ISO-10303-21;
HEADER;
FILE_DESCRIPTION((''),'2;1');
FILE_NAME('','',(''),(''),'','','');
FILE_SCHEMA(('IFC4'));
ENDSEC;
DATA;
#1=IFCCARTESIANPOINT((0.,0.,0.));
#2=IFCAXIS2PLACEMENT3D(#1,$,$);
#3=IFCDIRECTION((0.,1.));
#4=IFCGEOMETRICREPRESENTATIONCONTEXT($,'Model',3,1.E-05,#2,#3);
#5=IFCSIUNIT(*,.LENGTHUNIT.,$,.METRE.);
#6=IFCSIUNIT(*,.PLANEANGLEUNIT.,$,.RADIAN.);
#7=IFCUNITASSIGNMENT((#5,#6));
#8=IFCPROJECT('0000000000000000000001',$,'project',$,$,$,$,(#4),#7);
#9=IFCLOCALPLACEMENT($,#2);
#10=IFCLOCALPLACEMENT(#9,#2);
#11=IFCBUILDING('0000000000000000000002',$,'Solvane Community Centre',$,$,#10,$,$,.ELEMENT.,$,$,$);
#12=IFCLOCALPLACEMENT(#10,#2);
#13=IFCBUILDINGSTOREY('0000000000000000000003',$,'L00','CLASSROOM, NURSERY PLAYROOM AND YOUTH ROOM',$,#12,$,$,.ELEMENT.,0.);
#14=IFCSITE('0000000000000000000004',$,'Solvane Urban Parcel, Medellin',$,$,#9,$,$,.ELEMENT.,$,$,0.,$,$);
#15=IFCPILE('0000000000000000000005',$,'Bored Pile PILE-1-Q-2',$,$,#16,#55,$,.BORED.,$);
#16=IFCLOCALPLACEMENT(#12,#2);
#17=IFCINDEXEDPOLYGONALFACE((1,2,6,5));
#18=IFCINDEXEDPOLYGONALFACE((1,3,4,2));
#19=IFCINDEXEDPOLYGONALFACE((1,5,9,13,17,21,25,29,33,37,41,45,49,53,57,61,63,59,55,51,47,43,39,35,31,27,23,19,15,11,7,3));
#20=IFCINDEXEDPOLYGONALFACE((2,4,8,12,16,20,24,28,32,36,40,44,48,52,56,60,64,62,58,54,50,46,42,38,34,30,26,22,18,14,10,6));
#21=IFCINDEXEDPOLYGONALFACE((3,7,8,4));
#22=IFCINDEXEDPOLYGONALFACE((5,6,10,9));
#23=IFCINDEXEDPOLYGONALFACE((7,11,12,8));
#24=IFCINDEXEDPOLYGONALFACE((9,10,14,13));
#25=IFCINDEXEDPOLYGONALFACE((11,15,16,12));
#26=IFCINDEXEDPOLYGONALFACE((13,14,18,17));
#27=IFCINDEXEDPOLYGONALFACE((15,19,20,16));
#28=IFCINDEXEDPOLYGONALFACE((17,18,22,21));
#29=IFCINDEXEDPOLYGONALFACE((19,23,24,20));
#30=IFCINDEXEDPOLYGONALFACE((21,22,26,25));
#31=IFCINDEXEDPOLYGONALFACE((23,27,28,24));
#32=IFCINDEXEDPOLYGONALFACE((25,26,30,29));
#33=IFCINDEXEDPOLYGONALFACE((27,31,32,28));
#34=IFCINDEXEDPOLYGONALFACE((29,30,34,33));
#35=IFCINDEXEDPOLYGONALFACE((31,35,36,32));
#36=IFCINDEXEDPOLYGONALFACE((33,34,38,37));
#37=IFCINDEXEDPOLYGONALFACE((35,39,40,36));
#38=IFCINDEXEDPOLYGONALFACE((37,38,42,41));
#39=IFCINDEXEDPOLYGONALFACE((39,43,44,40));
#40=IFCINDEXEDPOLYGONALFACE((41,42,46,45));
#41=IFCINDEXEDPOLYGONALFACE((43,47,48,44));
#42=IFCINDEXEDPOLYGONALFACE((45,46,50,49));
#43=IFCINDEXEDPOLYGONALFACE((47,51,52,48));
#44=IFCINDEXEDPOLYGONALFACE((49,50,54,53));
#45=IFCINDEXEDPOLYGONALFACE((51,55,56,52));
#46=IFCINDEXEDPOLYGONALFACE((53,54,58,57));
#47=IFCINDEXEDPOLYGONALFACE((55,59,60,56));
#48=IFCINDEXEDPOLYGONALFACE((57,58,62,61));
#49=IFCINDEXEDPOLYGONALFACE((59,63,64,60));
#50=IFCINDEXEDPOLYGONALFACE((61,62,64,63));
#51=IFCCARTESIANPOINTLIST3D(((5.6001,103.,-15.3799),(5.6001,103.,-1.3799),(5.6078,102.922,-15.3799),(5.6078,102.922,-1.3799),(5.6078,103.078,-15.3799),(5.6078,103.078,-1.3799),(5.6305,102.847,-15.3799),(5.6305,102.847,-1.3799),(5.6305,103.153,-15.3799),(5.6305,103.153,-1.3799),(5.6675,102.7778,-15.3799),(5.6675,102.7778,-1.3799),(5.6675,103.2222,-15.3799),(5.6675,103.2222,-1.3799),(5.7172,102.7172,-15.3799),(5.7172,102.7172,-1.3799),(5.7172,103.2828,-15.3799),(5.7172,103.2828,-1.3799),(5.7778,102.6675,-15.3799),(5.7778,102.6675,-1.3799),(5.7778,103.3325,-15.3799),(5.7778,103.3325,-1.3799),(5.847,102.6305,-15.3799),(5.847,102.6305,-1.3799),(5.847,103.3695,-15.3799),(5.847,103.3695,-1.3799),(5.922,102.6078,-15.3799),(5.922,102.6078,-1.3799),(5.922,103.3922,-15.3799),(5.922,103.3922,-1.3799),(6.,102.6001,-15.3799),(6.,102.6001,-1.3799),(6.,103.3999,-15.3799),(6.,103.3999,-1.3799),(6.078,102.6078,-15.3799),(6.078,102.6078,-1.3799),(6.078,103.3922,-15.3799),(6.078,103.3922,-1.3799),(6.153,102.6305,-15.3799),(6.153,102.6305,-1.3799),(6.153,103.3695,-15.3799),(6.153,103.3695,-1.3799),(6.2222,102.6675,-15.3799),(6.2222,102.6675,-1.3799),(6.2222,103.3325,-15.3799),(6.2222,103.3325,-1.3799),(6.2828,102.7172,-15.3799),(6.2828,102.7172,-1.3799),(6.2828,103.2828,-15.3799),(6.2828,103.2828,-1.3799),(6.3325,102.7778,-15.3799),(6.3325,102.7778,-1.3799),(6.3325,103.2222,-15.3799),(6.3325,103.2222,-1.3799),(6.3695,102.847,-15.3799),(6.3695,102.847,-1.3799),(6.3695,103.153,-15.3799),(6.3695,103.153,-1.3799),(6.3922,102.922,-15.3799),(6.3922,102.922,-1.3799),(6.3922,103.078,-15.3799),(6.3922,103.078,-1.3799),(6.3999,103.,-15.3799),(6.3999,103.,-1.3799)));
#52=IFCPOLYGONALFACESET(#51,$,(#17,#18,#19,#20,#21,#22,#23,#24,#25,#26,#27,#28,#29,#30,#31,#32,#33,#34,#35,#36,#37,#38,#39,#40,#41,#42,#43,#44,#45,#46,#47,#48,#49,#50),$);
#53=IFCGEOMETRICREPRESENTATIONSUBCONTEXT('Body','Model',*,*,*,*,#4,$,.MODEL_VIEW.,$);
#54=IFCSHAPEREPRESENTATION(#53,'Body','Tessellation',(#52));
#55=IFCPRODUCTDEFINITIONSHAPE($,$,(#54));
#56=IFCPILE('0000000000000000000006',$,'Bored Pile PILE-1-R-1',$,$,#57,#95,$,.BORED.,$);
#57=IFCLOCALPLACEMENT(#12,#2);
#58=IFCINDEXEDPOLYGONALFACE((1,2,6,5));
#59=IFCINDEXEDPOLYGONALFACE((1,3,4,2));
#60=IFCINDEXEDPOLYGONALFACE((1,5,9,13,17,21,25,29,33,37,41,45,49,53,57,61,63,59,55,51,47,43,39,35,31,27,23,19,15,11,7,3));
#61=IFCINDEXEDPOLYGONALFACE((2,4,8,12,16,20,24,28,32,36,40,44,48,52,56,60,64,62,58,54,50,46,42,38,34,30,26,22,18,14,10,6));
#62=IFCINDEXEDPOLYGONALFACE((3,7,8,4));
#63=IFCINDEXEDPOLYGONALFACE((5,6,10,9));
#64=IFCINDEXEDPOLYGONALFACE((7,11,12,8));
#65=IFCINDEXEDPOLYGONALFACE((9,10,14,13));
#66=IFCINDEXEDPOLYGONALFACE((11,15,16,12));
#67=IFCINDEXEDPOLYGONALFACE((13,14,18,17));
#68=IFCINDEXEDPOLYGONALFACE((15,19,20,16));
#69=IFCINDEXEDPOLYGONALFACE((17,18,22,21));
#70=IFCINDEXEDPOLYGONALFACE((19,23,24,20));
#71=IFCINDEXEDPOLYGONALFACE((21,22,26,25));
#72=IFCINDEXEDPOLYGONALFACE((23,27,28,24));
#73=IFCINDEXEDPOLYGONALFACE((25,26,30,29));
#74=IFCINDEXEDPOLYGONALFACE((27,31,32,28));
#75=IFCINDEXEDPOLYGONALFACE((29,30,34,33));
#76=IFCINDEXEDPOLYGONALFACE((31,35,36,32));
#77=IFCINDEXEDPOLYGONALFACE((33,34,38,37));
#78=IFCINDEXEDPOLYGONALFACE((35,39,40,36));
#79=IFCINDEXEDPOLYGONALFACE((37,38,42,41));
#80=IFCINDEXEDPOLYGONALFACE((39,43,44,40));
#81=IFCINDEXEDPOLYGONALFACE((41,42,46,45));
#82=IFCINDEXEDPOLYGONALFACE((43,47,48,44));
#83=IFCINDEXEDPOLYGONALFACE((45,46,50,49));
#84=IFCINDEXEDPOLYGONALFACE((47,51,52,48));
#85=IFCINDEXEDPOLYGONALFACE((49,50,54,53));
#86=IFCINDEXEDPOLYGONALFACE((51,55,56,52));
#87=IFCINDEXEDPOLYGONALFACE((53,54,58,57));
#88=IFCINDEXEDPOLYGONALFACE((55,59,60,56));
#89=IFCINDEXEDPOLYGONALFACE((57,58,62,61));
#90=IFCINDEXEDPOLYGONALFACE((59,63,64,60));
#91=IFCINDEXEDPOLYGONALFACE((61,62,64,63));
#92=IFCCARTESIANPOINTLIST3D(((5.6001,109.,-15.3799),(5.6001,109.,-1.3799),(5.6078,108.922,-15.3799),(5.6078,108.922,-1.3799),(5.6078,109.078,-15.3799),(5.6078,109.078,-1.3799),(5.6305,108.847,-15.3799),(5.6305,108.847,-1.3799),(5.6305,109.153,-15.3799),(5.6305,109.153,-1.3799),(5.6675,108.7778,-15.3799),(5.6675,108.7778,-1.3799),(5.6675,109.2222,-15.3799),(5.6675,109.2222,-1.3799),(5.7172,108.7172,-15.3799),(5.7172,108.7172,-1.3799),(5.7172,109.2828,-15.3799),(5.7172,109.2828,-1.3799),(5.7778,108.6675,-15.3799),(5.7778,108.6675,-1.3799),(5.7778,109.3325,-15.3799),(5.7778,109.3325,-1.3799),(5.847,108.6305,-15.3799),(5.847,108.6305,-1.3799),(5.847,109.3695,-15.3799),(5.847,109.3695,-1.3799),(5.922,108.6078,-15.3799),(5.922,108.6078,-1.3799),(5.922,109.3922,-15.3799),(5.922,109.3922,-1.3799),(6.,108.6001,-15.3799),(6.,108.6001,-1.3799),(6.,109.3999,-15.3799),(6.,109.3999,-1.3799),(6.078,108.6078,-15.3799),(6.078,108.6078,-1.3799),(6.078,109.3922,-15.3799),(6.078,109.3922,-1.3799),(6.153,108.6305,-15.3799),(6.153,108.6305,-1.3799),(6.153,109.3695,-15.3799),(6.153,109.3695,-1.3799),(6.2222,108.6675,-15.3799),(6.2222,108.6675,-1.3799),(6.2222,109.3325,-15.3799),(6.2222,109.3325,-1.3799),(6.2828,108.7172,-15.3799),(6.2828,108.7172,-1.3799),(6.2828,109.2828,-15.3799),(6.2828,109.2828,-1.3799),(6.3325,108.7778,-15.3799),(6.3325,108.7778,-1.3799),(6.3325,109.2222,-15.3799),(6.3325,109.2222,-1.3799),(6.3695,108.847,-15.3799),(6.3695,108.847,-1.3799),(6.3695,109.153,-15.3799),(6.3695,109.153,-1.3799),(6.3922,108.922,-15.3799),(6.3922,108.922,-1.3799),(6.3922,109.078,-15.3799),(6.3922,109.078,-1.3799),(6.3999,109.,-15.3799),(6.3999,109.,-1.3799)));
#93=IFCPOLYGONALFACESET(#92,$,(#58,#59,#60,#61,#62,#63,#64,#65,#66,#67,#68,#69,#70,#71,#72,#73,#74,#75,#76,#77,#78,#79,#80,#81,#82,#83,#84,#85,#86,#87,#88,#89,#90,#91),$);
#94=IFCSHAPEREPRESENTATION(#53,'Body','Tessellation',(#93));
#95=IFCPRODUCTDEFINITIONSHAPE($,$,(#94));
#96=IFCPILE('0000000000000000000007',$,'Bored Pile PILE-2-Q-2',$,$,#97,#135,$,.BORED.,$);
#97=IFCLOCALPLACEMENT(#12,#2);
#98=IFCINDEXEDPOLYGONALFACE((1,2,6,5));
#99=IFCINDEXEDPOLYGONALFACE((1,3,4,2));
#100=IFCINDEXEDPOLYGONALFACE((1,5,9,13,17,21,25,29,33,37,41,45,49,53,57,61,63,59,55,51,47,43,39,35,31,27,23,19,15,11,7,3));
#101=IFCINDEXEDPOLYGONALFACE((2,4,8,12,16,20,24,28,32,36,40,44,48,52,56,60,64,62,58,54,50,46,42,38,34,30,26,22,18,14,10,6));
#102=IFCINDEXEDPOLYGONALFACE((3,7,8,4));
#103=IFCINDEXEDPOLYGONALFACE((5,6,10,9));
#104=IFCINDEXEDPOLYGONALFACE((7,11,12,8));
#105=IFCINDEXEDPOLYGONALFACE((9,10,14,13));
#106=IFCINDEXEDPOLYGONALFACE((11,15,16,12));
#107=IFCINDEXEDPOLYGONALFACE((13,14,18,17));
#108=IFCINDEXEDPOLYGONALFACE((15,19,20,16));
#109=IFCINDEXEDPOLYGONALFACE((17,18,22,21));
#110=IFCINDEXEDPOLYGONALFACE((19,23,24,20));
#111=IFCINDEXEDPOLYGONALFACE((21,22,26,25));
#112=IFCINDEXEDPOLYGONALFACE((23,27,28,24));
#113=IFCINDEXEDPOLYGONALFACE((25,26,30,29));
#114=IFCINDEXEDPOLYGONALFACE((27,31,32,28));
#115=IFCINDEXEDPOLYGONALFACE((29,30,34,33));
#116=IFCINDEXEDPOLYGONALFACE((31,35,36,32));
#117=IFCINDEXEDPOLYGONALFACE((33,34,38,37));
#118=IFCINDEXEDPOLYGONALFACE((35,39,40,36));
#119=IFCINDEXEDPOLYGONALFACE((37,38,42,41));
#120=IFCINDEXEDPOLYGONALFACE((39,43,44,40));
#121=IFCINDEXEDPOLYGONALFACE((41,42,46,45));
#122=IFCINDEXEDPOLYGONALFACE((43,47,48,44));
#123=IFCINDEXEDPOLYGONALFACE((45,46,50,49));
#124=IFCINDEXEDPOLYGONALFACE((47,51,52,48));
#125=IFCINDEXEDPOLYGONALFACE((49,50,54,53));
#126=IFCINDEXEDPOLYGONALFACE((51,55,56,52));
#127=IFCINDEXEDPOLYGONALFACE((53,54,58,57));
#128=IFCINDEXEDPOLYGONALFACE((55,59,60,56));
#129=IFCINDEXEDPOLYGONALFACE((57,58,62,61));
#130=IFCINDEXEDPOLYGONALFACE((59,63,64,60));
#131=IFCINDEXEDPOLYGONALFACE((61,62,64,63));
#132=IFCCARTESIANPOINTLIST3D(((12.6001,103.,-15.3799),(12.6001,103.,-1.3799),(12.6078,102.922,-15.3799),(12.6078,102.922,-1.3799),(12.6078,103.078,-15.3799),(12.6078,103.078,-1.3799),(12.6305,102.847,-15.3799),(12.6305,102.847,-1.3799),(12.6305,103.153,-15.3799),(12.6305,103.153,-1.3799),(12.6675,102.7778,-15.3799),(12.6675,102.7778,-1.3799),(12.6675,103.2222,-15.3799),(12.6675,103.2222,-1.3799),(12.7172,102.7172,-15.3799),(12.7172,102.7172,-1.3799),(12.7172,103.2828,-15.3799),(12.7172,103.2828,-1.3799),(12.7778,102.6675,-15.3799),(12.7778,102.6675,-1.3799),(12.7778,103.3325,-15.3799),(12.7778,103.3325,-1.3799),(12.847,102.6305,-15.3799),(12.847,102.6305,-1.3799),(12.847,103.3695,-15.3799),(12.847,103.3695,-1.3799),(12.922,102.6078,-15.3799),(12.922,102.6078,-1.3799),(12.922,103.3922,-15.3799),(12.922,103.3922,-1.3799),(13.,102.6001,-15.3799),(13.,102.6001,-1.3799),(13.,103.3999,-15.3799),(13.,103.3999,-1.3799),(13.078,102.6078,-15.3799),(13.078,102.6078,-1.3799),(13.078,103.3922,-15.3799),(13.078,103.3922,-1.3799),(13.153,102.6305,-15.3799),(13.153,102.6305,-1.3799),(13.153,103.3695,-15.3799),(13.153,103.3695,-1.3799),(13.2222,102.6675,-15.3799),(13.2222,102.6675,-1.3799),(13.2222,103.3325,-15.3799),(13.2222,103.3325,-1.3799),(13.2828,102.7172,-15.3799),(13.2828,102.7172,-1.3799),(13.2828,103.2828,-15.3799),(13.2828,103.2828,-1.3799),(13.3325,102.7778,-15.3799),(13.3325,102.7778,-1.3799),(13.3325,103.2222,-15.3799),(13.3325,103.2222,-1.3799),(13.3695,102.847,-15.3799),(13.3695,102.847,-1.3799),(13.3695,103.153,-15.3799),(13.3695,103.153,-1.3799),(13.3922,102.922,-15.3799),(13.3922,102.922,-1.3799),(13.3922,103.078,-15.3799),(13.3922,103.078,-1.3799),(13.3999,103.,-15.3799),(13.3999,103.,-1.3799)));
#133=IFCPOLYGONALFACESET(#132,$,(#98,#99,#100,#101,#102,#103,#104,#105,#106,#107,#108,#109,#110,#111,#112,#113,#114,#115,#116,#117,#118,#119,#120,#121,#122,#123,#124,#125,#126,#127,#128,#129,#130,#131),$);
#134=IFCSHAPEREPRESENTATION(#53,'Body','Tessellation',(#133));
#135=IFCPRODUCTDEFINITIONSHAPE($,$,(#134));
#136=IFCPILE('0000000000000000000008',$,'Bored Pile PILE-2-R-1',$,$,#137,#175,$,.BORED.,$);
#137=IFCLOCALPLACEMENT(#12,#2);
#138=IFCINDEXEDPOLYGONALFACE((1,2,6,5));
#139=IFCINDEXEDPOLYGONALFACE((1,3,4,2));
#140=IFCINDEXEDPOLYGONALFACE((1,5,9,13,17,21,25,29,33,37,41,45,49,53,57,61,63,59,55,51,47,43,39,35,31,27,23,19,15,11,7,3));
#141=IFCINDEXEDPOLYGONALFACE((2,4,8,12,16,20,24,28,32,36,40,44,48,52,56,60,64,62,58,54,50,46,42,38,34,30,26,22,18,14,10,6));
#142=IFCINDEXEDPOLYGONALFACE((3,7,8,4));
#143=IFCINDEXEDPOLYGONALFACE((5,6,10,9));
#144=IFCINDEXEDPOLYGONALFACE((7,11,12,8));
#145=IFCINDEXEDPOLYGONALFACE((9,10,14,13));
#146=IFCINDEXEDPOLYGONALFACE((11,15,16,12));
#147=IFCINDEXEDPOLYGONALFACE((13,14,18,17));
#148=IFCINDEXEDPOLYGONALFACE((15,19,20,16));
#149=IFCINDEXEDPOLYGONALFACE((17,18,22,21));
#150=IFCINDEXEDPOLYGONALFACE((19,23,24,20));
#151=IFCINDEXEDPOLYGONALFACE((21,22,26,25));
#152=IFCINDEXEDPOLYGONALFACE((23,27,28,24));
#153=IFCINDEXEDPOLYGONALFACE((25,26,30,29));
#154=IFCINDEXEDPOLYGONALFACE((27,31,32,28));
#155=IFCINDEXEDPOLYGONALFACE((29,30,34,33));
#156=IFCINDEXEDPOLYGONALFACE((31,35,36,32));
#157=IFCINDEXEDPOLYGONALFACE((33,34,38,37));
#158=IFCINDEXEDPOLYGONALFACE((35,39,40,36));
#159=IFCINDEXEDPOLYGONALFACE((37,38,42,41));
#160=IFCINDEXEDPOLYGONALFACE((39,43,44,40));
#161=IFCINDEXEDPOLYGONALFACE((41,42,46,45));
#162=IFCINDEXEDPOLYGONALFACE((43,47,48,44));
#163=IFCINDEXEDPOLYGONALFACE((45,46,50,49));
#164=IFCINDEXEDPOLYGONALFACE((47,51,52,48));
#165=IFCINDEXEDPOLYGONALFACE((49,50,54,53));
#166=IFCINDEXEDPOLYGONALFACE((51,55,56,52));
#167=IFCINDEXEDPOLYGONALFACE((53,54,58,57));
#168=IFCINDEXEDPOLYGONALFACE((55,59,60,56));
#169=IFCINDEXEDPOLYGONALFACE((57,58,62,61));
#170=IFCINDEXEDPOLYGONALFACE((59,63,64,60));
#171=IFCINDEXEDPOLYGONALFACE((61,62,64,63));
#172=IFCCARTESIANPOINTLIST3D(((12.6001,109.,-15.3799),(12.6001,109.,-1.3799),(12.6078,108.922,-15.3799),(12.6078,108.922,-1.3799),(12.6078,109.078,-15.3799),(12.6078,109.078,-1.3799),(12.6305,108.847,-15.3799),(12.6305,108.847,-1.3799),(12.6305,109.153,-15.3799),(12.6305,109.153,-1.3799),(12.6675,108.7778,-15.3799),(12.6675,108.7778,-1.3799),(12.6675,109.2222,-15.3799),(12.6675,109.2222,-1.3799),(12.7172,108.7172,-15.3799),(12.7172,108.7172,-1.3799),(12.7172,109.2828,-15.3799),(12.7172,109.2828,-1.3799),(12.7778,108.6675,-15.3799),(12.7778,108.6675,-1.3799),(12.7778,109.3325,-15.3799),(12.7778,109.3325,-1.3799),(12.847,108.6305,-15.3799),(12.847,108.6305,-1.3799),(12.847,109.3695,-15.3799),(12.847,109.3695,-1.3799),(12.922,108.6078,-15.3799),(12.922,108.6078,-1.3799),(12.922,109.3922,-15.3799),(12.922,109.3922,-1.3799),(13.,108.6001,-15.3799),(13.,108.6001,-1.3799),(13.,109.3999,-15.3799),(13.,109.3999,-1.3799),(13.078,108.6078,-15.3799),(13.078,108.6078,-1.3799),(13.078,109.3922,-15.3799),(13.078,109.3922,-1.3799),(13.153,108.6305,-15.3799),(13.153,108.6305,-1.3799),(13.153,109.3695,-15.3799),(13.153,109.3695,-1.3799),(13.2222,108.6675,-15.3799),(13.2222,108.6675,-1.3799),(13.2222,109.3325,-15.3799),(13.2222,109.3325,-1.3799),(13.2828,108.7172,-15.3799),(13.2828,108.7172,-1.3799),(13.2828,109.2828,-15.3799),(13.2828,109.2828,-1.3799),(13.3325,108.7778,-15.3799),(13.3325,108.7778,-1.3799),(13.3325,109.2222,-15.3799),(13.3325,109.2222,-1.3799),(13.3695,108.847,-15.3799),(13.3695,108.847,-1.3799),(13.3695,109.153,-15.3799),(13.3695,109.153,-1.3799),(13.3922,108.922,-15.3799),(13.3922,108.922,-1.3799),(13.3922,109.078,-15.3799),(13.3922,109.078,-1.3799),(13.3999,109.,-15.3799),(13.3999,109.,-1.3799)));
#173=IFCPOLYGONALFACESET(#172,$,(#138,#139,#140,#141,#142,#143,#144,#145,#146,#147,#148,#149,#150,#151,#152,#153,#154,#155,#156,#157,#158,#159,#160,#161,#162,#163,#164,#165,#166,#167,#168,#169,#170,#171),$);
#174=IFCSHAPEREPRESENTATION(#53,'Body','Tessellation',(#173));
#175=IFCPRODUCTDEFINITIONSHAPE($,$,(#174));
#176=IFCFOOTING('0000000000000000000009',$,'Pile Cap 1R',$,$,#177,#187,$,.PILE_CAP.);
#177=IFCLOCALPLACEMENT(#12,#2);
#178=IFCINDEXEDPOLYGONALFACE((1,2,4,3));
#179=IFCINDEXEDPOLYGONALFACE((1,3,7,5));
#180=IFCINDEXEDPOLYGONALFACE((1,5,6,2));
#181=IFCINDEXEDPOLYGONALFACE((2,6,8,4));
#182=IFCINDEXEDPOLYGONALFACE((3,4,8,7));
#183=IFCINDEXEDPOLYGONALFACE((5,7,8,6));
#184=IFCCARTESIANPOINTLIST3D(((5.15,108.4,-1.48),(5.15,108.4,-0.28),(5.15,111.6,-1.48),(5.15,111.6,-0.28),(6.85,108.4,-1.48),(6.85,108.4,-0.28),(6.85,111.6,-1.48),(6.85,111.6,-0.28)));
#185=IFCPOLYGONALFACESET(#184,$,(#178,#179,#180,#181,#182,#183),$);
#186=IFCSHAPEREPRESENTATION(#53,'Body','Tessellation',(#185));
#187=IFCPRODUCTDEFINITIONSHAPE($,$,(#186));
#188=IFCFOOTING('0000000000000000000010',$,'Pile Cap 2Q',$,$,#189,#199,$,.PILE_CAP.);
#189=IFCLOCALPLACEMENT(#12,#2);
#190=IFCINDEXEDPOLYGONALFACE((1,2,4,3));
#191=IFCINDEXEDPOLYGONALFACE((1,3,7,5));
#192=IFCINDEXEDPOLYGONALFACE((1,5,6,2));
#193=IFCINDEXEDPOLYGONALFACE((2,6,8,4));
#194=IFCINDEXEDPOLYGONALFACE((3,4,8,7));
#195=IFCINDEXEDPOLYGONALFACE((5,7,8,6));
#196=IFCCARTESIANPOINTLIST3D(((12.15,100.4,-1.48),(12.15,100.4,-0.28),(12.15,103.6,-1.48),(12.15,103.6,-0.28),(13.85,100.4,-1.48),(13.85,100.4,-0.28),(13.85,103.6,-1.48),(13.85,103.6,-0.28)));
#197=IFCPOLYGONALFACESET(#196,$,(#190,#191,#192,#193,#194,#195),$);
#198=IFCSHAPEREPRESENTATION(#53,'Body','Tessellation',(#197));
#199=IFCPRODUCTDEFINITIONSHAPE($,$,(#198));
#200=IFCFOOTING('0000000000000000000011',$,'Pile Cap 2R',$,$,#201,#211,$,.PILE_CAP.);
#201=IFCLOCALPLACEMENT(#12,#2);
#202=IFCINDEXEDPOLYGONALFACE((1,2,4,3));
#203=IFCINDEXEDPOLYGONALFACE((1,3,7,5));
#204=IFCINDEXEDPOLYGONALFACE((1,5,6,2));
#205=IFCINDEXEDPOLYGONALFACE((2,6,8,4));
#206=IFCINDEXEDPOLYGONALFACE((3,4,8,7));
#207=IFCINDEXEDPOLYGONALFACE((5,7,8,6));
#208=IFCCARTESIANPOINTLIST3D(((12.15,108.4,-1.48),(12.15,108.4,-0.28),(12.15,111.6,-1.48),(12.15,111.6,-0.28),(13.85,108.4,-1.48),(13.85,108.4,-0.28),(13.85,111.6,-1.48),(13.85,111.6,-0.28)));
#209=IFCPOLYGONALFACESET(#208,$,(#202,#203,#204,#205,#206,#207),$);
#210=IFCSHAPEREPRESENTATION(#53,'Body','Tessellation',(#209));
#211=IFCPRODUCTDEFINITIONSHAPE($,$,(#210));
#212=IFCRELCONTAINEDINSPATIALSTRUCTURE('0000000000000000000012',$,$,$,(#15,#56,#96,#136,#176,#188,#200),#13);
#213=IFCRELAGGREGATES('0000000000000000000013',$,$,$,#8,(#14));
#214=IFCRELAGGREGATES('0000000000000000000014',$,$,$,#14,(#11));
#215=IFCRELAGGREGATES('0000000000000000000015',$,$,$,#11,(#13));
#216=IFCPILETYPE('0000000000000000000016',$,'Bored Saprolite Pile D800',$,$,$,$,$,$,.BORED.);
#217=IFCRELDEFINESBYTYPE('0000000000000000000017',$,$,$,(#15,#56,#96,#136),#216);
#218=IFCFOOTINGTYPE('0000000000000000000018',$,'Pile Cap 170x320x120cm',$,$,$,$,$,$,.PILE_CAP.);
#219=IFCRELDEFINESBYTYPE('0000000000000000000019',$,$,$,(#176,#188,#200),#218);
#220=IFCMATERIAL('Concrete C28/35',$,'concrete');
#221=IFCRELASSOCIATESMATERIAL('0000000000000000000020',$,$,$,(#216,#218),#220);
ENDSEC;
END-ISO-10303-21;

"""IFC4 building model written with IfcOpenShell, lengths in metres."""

from ifc_helpers import new_model, si_unit, direction, frame, origin, origin_2d, place, context, subcontext, project, spatial, rectangle, circle, extrude, material, material_profile, profile_set, type_object, element, save


model = new_model("IFC4")

# Units and contexts
model_context = context("Model", 3, precision=1e-05, world=origin(), true_north=direction((0.0, 1.0)))
body_context = subcontext(model_context, "Body", "Model", "MODEL_VIEW")
ifc_project = project(units=[si_unit("LENGTHUNIT", "METRE"), si_unit("PLANEANGLEUNIT", "RADIAN")], contexts=[model_context])

# Site, building, storey
site_placement = place(None, origin())
site = spatial("IfcSite", under=ifc_project, at=site_placement, Name="Solvane Urban Parcel, Medellin", CompositionType="ELEMENT", RefElevation=0.0)
building_placement = place(site_placement, origin())
building = spatial("IfcBuilding", under=site, at=building_placement, Name="Solvane Community Centre", CompositionType="ELEMENT")
storey_placement = place(building_placement, origin())
storey = spatial("IfcBuildingStorey", under=building, at=storey_placement, Name="L00", Description="CLASSROOM, NURSERY PLAYROOM AND YOUTH ROOM", CompositionType="ELEMENT", Elevation=0.0)

# Piles
ifc_material_1 = material(Name="Concrete C28/35", Category="concrete")
ifc_material_profile_1 = material_profile(ifc_material_1, circle(Radius=0.3999, at=origin_2d()), Name="PILE D800")
ifc_profile_set_1 = profile_set([ifc_material_profile_1], Name="Concrete C28/35")
pile_type = type_object("IfcPileType", Name="Bored Saprolite Pile D800", PredefinedType="BORED", material=ifc_profile_set_1)
for number, where, z_axis, x_axis, name in (
    (1, (6.0, 103.0, -1.3799), (0.0, 0.0, -1.0), (1.0, 0.0, 0.0), "Bored Pile PILE-1-Q-2"),
    (2, (6.0, 109.0, -1.3799), (0.0, 0.0, -1.0), (1.0, 0.0, 0.0), "Bored Pile PILE-1-R-1"),
    (3, (13.0, 103.0, -1.3799), (0.0, 0.0, -1.0), (1.0, 0.0, 0.0), "Bored Pile PILE-2-Q-2"),
    (4, (13.0, 109.0, -1.3799), (0.0, 0.0, -1.0), (1.0, 0.0, 0.0), "Bored Pile PILE-2-R-1"),
):
    element("IfcPile", number, at=place(storey_placement, frame(where, z_axis=z_axis, x_axis=x_axis)), inside=storey, type_object=pile_type, Name=name, PredefinedType="BORED", context=body_context, shape_type="SweptSolid", body=[
        extrude(circle(Radius=0.3999, at=origin_2d()), origin(), (0.0, 0.0, 1.0), 14.0),
    ])

# Footings
footing_type_1 = type_object("IfcFootingType", Name="Pile Cap 170x320x120cm", PredefinedType="PILE_CAP", material=ifc_material_1)
for number, where, z_axis, x_axis, name in (
    (5, (6.0, 110.0, -1.48), (0.0, 0.0, 1.0), (1.0, 0.0, 0.0), "Pile Cap 1R"),
    (6, (13.0, 102.0, -1.48), (0.0, 0.0, 1.0), (1.0, 0.0, 0.0), "Pile Cap 2Q"),
    (7, (13.0, 110.0, -1.48), (0.0, 0.0, 1.0), (1.0, 0.0, 0.0), "Pile Cap 2R"),
):
    element("IfcFooting", number, at=place(storey_placement, frame(where, z_axis=z_axis, x_axis=x_axis)), inside=storey, type_object=footing_type_1, Name=name, PredefinedType="PILE_CAP", context=body_context, shape_type="SweptSolid", body=[
        extrude(rectangle(XDim=1.7, YDim=3.2, at=origin_2d()), origin(), (0.0, 0.0, 1.0), 1.2),
    ])

save(model, "model.ifc")
